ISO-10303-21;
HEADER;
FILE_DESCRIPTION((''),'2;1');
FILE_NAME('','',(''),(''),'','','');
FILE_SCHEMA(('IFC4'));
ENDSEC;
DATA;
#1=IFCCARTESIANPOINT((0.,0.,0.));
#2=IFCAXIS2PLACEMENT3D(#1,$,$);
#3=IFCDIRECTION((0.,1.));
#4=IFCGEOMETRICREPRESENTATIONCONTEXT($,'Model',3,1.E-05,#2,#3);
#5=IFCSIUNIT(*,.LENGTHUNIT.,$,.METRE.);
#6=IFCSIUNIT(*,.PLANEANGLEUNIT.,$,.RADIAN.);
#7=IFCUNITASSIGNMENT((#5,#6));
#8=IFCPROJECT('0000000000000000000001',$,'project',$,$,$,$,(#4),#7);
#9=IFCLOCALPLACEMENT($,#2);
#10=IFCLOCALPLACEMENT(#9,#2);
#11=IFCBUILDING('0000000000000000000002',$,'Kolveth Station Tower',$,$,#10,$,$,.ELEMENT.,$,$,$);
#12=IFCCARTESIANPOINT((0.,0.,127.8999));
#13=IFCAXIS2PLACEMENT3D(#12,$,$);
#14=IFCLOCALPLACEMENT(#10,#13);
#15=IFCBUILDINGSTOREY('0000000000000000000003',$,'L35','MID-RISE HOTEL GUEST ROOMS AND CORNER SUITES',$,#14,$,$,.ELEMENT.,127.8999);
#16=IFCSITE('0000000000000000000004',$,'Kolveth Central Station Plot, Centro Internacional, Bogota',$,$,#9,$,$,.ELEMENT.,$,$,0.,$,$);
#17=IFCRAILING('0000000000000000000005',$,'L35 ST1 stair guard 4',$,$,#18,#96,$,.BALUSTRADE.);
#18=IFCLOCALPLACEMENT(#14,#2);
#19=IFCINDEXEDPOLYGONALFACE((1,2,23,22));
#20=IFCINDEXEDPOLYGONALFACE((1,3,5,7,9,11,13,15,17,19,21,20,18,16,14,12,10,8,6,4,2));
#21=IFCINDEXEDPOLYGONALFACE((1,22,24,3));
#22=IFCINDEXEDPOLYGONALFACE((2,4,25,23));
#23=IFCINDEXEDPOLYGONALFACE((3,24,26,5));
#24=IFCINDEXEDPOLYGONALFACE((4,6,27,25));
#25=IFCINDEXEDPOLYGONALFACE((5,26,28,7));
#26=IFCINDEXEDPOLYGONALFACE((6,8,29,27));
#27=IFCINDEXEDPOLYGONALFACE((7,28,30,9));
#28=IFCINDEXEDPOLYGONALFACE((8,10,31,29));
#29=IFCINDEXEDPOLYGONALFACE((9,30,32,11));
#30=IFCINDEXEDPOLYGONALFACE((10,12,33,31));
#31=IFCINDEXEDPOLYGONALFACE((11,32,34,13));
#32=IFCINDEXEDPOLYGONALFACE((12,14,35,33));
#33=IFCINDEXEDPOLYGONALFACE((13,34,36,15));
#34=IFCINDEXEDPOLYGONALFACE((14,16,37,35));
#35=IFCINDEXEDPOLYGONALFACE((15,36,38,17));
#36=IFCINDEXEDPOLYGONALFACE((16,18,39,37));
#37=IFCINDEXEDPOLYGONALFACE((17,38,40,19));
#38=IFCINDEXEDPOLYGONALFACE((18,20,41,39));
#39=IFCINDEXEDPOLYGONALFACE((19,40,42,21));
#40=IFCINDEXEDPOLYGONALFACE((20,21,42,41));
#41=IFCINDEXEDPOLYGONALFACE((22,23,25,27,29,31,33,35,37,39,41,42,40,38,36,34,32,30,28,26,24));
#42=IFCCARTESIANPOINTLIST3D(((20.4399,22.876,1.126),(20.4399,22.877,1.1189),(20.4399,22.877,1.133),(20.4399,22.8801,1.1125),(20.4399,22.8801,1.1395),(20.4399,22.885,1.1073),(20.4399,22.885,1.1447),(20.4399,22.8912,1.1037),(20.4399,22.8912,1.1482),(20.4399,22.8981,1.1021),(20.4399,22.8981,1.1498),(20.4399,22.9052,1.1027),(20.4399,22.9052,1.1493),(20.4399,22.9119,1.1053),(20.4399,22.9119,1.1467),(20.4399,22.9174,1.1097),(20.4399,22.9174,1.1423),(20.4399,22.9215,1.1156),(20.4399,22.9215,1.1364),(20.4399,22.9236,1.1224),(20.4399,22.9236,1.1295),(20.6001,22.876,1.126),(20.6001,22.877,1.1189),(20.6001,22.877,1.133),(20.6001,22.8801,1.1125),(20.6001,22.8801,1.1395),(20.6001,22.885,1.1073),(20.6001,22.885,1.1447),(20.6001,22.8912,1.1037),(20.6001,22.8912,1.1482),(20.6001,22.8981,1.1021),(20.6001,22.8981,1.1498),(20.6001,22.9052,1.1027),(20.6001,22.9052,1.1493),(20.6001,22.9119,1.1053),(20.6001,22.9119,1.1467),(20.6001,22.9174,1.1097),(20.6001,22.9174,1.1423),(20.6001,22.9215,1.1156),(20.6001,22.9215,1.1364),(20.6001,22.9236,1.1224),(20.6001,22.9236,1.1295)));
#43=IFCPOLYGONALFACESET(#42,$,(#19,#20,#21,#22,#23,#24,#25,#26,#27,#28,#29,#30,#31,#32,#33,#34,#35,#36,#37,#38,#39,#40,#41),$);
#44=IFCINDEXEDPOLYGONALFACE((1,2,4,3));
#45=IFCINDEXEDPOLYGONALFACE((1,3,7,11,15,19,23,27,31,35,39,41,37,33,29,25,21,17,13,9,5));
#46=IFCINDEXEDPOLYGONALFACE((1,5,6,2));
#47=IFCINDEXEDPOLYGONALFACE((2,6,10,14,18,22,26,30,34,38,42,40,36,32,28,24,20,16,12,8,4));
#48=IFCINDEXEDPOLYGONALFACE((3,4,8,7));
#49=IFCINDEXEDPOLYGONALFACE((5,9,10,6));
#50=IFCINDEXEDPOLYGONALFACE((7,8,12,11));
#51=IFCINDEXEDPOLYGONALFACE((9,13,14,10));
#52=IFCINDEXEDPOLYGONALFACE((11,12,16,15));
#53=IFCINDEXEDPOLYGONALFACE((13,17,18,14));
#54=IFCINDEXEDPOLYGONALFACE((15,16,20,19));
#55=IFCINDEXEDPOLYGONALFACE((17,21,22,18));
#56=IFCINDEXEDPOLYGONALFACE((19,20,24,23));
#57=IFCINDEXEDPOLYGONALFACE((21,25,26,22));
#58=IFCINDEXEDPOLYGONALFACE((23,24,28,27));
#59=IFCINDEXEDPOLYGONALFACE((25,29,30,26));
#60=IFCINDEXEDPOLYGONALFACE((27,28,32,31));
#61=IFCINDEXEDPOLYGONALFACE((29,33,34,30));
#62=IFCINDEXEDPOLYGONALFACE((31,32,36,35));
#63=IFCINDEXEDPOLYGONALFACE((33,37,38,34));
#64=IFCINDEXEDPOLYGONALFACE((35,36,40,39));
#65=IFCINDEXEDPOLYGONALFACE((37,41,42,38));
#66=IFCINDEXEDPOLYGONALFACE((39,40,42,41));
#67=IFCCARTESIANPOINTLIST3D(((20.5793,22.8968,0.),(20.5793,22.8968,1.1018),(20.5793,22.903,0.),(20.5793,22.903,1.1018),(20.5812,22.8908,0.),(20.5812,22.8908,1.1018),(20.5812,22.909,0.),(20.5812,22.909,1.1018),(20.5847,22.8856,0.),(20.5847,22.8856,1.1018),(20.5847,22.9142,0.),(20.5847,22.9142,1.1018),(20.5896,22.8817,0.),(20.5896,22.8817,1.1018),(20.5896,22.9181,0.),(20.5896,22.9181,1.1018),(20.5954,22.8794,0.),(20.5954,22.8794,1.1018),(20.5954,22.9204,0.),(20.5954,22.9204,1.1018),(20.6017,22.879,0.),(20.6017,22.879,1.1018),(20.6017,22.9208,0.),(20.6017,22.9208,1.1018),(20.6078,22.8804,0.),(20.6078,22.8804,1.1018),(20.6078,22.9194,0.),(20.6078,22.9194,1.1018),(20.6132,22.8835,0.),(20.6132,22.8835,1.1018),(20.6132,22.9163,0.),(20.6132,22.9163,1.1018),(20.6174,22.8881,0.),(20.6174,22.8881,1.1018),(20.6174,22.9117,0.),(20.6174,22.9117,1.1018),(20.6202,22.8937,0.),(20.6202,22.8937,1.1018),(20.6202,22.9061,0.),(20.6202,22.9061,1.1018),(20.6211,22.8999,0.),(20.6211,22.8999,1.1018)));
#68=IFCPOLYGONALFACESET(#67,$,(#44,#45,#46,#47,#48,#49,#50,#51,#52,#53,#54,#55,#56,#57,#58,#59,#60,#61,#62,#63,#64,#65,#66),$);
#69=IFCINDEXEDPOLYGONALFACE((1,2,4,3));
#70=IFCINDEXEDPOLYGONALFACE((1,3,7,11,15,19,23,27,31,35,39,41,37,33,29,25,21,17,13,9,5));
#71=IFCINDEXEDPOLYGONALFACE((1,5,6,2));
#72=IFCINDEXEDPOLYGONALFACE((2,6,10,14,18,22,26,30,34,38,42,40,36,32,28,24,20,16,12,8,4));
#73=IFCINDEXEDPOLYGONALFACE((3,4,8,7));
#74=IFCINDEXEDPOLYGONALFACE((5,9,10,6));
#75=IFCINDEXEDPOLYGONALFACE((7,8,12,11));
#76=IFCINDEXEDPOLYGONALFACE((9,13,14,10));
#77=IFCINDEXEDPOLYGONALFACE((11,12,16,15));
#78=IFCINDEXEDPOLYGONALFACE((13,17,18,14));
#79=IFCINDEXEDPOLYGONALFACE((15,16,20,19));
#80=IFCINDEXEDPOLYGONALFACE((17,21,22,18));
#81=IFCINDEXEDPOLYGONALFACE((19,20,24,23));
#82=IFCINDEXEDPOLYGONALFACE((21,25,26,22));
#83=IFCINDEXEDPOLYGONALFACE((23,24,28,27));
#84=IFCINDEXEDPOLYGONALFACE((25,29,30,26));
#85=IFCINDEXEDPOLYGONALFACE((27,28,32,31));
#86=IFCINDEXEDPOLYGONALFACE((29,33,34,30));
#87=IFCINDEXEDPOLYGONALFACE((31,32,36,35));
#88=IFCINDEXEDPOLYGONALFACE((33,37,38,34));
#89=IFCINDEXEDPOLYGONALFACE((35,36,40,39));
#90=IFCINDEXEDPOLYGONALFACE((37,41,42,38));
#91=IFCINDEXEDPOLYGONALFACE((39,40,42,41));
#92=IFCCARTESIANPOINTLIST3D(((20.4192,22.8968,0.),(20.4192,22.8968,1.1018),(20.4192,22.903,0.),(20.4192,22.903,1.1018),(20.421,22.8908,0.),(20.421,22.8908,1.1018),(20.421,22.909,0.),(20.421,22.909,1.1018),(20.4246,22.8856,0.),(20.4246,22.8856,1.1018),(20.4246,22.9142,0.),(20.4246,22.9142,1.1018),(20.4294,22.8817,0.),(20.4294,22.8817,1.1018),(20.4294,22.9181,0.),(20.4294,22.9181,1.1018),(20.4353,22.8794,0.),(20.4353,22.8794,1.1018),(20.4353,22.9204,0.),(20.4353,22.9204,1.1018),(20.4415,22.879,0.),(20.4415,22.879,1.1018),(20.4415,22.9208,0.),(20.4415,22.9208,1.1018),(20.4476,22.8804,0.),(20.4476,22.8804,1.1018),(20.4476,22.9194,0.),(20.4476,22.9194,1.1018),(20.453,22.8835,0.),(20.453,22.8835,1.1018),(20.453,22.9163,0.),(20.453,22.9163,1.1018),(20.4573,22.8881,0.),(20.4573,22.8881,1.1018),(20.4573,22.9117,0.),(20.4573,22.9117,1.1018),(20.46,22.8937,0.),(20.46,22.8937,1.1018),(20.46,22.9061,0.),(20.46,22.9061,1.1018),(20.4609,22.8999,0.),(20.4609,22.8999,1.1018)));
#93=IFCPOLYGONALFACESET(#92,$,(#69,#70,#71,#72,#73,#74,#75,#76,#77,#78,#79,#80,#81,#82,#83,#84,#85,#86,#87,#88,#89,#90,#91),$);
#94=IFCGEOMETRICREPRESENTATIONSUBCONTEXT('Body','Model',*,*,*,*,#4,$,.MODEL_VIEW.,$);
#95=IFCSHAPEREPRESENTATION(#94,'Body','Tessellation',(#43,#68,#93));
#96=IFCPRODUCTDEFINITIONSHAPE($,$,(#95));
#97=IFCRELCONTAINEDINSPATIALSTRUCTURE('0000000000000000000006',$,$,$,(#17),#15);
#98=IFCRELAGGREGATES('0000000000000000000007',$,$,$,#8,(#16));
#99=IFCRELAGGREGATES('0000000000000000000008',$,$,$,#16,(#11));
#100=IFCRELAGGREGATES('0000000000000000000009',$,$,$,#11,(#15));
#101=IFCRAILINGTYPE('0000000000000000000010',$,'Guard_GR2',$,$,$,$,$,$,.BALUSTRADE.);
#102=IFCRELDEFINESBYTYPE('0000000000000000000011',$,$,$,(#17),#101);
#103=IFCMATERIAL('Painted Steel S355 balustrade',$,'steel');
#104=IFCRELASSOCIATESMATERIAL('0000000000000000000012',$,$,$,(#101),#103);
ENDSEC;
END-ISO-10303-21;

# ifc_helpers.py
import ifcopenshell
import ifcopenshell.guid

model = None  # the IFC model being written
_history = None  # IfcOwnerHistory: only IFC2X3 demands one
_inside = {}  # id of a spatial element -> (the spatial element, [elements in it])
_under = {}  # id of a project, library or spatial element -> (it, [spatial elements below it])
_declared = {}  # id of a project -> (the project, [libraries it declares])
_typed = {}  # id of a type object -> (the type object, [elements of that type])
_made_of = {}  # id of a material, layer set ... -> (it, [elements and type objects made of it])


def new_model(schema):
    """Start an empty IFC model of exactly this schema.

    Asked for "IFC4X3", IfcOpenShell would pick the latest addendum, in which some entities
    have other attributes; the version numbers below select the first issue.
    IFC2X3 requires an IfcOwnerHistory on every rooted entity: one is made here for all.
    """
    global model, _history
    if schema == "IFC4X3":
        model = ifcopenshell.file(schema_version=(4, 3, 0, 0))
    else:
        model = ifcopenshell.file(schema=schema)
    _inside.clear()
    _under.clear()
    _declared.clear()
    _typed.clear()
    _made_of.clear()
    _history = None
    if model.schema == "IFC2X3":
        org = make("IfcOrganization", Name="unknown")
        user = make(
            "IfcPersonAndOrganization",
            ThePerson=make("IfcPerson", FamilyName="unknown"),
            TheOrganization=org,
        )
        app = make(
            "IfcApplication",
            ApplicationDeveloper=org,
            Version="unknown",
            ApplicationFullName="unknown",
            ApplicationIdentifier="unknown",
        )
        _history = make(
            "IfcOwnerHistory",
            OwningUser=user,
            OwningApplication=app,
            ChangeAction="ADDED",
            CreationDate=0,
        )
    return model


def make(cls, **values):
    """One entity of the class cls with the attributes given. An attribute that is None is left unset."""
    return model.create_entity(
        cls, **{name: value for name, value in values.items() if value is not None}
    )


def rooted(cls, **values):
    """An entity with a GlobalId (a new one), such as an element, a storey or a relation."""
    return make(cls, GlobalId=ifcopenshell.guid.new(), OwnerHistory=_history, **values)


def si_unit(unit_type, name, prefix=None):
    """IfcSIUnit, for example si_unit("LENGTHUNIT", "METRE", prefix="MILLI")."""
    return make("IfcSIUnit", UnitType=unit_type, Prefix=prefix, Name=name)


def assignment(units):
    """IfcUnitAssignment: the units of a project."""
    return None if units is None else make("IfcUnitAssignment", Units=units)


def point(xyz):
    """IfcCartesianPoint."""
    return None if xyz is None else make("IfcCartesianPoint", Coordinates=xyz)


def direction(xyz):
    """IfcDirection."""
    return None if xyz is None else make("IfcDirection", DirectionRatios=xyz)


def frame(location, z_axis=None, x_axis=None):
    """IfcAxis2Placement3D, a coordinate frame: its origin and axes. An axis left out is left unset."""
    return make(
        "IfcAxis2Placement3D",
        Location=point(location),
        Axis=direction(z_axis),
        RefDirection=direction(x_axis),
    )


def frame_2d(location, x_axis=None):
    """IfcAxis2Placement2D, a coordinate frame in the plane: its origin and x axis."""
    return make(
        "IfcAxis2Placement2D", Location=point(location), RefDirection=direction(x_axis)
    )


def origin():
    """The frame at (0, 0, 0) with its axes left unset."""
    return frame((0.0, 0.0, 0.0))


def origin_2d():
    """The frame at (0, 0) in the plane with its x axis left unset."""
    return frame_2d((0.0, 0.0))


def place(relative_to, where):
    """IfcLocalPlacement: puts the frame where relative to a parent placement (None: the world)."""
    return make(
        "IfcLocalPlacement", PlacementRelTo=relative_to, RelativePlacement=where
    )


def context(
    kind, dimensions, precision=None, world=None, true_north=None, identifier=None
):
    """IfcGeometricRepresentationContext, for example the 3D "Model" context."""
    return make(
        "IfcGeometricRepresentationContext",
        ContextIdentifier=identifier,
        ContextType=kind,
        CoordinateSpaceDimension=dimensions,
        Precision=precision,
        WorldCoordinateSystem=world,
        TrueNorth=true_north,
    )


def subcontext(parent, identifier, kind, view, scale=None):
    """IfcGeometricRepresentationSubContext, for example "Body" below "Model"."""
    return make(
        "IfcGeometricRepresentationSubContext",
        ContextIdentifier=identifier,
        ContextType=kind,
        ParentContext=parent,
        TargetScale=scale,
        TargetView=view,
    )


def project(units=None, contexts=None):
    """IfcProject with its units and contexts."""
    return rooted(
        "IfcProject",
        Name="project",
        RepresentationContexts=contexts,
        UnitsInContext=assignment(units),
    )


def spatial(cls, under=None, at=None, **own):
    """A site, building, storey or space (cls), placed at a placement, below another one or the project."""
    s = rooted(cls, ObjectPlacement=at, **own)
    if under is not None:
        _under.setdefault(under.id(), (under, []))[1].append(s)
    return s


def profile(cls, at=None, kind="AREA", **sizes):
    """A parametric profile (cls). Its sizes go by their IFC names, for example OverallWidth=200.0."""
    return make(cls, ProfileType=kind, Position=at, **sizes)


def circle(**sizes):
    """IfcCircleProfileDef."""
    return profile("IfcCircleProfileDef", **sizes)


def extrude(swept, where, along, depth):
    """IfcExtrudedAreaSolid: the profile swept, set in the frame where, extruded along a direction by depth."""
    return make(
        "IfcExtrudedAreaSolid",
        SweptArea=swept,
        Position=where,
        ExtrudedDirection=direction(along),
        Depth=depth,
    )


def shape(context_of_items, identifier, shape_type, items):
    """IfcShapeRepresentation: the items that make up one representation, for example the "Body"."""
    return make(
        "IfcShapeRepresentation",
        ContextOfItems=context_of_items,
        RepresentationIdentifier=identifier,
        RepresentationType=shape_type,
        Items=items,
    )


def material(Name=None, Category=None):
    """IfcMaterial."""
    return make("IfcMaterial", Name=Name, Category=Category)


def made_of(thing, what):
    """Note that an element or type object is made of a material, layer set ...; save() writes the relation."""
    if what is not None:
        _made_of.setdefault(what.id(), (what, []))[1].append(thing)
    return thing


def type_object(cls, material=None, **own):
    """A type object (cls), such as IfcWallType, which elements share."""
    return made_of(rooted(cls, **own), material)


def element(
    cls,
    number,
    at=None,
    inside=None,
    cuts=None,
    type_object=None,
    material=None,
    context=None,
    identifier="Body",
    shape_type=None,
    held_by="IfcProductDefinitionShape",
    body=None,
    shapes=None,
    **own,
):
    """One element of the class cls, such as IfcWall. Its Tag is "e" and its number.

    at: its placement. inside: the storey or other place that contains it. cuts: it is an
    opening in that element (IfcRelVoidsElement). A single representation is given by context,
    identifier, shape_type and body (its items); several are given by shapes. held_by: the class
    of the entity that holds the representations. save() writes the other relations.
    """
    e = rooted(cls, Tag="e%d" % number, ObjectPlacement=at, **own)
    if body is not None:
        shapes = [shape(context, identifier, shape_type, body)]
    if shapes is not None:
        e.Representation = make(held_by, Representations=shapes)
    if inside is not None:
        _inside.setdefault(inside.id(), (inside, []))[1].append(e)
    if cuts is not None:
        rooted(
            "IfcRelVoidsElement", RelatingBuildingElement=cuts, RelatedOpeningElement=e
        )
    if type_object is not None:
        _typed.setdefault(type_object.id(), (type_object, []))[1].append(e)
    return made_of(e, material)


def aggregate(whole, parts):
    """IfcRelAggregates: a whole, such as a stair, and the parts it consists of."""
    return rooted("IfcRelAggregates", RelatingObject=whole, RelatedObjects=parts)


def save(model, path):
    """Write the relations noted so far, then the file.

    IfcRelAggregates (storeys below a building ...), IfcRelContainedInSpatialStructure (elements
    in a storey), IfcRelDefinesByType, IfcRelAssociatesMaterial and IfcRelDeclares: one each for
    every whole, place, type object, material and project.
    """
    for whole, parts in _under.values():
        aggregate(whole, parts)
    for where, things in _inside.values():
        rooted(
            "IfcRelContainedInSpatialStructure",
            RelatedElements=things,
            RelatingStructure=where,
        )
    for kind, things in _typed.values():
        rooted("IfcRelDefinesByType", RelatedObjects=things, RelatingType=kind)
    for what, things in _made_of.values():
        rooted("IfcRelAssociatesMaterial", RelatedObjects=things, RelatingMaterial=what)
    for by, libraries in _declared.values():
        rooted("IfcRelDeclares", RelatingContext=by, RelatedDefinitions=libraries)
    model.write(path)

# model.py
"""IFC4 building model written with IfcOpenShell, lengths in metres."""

from ifc_helpers import new_model, si_unit, direction, frame, origin, origin_2d, place, context, subcontext, project, spatial, circle, extrude, material, type_object, element, save


model = new_model("IFC4")

# Units and contexts
model_context = context("Model", 3, precision=1e-05, world=origin(), true_north=direction((0.0, 1.0)))
body_context = subcontext(model_context, "Body", "Model", "MODEL_VIEW")
ifc_project = project(units=[si_unit("LENGTHUNIT", "METRE"), si_unit("PLANEANGLEUNIT", "RADIAN")], contexts=[model_context])

# Site, building, storey
site_placement = place(None, origin())
site = spatial("IfcSite", under=ifc_project, at=site_placement, Name="Kolveth Central Station Plot, Centro Internacional, Bogota", CompositionType="ELEMENT", RefElevation=0.0)
building_placement = place(site_placement, origin())
building = spatial("IfcBuilding", under=site, at=building_placement, Name="Kolveth Station Tower", CompositionType="ELEMENT")
storey_placement = place(building_placement, frame((0.0, 0.0, 127.8999)))
storey = spatial("IfcBuildingStorey", under=building, at=storey_placement, Name="L35", Description="MID-RISE HOTEL GUEST ROOMS AND CORNER SUITES", CompositionType="ELEMENT", Elevation=127.8999)

# Railing
ifc_material_1 = material(Name="Painted Steel S355 balustrade", Category="steel")
railing_type_1 = type_object("IfcRailingType", Name="Guard_GR2", PredefinedType="BALUSTRADE", material=ifc_material_1)
railing_1_placement = place(storey_placement, frame((20.6001, 22.8999, 0.0)))
element("IfcRailing", 1, at=railing_1_placement, inside=storey, type_object=railing_type_1, Name="L35 ST1 stair guard 4", PredefinedType="BALUSTRADE", context=body_context, shape_type="SweptSolid", body=[
    extrude(circle(Radius=0.0239, at=origin_2d()), frame((0.0, 0.0, 1.126), z_axis=(-1.0, 0.0, 0.0), x_axis=(0.0, -1.0, 0.0)), (0.0, 0.0, 1.0), 0.1602),
    extrude(circle(Radius=0.021, at=origin_2d()), origin(), (0.0, 0.0, 1.0), 1.1018),
    extrude(circle(Radius=0.021, at=origin_2d()), frame((-0.1602, 0.0, 0.0)), (0.0, 0.0, 1.0), 1.1018),
])

save(model, "model.ifc")
